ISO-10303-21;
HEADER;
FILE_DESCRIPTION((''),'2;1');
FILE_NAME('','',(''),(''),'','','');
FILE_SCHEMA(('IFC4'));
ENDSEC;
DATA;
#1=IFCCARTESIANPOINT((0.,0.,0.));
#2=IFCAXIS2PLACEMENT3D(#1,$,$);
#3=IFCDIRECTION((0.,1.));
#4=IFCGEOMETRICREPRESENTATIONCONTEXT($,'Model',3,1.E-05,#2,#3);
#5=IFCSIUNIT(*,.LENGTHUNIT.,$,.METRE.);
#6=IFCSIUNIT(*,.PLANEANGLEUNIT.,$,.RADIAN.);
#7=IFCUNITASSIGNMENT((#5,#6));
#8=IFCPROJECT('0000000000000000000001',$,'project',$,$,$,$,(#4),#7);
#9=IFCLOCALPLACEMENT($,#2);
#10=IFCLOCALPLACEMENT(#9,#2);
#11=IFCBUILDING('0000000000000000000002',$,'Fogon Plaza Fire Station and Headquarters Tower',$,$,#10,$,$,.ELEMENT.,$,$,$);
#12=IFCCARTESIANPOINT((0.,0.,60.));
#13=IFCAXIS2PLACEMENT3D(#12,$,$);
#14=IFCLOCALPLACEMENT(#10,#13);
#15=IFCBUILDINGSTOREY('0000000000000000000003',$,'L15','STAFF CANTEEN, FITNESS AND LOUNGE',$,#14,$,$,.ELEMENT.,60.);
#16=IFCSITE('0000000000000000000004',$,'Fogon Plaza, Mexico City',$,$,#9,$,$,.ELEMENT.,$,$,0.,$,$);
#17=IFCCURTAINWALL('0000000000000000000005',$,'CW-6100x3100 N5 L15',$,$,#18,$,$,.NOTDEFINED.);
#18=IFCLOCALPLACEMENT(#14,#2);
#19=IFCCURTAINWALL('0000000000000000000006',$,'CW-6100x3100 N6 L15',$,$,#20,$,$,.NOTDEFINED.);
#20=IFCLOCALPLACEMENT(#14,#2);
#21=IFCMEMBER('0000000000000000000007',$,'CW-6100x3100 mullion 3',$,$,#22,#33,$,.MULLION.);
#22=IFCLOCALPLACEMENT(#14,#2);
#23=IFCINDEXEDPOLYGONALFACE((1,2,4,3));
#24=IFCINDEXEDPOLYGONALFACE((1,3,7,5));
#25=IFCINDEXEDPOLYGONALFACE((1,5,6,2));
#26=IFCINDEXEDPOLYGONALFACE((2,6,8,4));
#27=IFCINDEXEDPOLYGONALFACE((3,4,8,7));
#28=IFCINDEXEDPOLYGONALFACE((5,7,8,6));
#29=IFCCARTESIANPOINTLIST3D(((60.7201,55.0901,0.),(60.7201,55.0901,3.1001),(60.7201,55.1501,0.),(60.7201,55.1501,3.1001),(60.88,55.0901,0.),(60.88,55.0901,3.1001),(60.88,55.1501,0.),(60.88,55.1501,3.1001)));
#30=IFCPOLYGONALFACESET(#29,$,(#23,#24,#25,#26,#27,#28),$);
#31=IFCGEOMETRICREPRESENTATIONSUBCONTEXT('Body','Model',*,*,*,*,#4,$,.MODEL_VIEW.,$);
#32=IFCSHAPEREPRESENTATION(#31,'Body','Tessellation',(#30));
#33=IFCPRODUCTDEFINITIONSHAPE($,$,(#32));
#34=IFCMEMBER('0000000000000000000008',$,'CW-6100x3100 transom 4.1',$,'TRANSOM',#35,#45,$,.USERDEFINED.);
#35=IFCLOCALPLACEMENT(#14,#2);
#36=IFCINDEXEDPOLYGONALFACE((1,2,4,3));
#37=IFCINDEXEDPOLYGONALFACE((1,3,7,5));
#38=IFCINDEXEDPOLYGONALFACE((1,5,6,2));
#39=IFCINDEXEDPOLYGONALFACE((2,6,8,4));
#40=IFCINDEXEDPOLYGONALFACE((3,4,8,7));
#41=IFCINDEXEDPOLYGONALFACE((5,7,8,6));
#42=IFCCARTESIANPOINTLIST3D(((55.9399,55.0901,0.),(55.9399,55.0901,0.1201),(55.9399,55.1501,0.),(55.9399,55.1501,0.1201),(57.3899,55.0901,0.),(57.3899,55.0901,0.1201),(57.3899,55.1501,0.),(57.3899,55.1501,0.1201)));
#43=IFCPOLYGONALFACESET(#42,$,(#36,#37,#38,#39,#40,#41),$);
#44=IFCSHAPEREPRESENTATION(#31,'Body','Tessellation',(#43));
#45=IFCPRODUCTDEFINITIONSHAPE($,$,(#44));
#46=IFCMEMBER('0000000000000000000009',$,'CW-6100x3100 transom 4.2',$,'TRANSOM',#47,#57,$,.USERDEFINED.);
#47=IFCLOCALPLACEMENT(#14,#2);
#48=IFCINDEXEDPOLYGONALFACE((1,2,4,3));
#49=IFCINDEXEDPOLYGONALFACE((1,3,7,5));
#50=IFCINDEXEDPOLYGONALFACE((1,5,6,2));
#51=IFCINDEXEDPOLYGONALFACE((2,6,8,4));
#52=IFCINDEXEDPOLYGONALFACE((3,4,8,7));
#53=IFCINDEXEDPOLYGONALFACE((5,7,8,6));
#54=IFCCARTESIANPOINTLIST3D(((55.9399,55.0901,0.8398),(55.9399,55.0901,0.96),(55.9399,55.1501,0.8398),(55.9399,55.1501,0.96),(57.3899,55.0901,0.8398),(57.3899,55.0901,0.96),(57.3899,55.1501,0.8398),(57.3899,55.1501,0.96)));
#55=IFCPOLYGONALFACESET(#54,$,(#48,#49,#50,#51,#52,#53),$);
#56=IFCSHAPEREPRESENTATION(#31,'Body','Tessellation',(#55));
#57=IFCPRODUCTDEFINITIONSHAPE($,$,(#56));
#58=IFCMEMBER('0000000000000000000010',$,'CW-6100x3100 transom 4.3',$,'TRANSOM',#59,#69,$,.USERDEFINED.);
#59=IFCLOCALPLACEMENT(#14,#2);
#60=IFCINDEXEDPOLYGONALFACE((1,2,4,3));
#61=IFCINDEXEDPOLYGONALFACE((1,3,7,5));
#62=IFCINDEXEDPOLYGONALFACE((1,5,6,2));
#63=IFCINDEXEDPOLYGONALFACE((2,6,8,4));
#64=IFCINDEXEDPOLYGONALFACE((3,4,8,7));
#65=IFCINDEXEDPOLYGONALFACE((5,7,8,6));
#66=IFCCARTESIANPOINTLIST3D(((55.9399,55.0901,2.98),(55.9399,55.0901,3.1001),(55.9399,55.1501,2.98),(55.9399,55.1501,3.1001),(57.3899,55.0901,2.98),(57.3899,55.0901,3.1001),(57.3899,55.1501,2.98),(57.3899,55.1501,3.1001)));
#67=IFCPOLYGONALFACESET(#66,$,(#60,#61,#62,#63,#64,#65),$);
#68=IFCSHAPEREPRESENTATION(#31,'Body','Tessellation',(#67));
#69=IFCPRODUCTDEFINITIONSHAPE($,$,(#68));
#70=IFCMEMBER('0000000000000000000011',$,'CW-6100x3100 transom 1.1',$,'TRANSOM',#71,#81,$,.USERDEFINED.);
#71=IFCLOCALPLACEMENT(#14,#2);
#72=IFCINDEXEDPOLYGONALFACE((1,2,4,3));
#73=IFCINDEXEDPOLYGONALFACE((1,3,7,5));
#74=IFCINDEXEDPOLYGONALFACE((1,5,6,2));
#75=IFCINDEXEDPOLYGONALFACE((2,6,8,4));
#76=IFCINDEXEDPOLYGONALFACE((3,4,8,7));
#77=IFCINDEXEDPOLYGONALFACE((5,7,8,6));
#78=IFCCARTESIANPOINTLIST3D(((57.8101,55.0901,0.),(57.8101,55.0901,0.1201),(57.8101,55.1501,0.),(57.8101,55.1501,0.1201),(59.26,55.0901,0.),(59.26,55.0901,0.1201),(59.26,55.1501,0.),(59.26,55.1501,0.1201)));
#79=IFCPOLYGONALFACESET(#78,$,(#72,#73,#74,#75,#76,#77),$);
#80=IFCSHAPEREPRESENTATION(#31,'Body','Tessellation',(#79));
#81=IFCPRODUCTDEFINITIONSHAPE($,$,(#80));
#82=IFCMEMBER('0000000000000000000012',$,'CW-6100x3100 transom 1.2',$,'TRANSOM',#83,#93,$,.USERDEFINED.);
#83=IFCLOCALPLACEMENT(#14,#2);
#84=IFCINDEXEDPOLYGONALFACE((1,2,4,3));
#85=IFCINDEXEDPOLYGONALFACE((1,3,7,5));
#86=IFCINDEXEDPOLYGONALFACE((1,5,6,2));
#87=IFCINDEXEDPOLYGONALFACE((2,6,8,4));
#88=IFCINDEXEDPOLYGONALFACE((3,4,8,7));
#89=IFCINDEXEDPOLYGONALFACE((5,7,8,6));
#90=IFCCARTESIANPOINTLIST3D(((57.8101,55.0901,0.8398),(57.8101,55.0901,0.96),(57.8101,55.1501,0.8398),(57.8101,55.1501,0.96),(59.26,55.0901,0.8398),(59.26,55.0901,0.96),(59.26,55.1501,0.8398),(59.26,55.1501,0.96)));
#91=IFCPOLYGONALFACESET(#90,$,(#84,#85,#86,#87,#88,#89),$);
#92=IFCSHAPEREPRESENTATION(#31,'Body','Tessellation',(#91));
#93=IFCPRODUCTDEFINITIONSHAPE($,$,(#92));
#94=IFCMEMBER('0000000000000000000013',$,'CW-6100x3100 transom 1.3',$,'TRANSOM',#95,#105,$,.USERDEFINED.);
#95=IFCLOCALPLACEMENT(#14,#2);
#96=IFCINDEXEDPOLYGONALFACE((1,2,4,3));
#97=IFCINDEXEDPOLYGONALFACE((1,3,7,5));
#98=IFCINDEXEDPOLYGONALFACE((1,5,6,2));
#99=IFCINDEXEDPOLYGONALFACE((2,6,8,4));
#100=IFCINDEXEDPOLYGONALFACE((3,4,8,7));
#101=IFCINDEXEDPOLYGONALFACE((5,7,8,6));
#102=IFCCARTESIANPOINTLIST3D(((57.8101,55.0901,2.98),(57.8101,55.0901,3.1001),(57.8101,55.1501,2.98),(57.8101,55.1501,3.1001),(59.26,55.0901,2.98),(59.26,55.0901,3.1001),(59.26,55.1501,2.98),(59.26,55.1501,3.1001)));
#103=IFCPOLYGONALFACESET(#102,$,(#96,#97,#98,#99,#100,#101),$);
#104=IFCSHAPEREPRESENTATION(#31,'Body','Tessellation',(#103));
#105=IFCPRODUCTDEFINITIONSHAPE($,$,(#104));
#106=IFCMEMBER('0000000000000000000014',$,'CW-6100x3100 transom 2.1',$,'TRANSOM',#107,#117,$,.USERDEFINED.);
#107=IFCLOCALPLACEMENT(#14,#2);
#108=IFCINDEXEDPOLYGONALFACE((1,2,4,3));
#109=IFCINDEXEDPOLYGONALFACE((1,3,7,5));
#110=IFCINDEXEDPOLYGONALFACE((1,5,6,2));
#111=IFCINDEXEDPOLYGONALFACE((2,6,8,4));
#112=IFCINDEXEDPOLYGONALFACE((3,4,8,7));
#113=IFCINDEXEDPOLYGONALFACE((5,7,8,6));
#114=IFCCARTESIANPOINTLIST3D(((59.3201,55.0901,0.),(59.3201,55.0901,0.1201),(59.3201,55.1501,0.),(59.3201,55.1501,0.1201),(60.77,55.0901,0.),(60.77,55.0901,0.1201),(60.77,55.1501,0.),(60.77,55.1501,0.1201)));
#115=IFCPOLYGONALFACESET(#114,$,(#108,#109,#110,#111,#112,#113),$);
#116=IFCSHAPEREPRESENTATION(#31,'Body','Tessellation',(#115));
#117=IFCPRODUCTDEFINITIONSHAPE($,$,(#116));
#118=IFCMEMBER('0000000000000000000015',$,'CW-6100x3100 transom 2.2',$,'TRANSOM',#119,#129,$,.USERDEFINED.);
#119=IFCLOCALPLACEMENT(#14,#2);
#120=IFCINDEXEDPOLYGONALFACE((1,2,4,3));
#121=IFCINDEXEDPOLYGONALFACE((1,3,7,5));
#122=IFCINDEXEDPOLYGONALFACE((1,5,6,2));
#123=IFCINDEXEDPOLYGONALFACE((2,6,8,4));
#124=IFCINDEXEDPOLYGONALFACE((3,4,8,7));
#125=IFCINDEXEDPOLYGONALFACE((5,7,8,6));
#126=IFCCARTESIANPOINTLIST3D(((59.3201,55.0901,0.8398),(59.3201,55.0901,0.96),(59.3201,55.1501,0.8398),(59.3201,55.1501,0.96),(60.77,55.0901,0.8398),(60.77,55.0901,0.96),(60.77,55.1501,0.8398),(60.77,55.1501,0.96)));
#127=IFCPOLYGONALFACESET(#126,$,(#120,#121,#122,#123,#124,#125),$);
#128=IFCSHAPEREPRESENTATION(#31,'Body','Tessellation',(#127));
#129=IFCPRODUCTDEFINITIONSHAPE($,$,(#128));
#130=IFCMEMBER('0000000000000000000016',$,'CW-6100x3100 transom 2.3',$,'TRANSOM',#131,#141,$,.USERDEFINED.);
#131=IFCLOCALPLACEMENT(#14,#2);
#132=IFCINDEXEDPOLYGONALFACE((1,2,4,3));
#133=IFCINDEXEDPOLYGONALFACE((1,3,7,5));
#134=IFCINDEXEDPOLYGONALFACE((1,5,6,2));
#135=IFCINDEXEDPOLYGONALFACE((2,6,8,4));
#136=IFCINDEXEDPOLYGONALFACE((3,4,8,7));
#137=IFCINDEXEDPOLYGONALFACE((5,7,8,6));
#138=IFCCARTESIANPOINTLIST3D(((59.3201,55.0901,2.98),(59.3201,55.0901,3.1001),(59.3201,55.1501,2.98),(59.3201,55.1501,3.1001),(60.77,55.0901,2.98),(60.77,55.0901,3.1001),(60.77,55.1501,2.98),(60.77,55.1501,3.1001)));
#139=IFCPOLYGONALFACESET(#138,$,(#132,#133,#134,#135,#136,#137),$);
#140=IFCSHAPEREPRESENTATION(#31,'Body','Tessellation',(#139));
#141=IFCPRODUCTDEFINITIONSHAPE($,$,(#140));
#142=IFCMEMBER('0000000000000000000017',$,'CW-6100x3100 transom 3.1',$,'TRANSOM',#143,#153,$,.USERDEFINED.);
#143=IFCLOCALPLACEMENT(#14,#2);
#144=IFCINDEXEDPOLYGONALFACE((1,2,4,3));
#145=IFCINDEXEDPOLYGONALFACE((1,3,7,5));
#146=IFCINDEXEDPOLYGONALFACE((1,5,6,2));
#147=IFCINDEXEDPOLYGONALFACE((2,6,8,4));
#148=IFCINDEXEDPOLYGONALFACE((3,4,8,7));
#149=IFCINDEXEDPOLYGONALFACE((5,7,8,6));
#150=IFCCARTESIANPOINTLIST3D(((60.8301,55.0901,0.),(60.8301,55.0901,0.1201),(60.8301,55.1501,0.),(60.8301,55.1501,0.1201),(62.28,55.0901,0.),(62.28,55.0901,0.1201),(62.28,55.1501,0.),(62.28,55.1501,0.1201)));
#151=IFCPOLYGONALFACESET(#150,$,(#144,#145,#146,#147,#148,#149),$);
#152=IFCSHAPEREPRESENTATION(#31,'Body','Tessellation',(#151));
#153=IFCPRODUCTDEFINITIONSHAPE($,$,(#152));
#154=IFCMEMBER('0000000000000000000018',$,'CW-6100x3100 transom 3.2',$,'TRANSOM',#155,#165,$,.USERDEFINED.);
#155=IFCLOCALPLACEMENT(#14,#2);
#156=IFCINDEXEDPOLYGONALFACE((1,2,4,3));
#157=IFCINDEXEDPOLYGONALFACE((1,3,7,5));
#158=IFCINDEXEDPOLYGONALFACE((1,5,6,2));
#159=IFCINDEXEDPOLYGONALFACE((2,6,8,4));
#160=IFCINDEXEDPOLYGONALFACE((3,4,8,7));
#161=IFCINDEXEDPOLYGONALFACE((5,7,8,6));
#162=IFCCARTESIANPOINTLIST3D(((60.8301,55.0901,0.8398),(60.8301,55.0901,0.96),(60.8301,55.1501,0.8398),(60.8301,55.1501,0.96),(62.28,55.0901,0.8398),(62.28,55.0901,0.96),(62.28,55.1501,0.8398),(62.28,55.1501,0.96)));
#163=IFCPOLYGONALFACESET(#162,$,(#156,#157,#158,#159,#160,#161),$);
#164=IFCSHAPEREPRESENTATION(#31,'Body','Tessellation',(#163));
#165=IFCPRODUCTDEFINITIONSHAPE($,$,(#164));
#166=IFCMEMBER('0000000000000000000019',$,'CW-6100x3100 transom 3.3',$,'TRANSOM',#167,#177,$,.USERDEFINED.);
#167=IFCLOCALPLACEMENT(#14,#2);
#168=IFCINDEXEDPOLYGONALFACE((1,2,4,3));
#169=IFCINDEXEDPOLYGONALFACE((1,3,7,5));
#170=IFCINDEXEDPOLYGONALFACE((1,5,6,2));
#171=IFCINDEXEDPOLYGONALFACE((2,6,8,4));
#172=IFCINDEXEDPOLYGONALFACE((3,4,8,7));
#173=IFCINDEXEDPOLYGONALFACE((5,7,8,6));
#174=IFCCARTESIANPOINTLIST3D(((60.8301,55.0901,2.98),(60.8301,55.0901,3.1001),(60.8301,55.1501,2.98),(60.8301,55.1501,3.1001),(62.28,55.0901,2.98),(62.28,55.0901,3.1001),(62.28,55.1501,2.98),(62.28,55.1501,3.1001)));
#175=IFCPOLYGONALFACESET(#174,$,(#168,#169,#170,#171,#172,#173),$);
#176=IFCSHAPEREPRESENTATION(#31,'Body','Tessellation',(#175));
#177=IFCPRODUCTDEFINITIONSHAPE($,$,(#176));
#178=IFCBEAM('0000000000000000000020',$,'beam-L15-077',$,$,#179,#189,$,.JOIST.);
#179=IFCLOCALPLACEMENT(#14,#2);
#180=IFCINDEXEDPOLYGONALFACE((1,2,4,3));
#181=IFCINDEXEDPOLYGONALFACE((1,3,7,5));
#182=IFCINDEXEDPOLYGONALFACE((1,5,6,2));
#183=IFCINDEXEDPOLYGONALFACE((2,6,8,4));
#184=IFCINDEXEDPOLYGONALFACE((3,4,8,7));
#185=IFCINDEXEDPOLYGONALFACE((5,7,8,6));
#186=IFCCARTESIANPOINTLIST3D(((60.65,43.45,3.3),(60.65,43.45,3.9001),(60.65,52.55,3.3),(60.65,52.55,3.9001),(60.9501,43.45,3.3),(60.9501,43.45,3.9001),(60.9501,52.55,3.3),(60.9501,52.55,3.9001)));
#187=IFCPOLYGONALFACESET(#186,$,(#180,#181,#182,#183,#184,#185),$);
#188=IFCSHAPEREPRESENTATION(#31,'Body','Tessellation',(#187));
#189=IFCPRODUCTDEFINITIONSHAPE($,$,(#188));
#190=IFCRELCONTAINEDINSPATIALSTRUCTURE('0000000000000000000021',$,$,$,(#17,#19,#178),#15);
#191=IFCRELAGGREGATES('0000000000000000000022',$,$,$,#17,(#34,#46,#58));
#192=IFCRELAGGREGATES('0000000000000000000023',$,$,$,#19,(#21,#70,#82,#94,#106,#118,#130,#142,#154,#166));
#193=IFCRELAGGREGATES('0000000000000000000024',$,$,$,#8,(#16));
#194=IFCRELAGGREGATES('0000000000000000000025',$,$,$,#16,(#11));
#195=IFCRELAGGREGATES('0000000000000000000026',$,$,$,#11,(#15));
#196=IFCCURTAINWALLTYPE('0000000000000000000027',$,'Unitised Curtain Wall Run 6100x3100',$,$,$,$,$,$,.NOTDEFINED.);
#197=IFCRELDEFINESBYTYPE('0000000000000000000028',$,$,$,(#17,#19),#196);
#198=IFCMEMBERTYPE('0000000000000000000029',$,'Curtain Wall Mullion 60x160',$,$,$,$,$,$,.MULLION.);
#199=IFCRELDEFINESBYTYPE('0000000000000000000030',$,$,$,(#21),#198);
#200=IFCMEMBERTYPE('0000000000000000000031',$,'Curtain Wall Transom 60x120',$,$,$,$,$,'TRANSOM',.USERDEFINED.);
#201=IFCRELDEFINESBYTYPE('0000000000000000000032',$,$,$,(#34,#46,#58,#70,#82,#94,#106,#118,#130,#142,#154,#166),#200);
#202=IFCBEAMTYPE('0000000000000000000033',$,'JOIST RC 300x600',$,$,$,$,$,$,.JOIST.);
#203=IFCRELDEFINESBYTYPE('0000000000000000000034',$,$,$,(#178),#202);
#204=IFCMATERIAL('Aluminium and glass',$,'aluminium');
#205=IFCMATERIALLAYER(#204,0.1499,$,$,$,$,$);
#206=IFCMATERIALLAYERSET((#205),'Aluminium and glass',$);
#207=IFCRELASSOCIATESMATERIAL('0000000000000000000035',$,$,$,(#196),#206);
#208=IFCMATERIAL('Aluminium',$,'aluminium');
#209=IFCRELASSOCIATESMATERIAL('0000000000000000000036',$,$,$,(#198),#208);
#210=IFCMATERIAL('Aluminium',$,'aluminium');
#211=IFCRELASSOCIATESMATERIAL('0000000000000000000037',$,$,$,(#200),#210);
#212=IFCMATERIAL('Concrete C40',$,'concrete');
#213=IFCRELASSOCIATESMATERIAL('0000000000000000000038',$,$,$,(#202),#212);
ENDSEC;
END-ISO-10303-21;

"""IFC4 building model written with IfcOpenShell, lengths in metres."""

from ifc_helpers import new_model, si_unit, direction, frame, origin, origin_2d, place, context, subcontext, project, spatial, rectangle, extrude, material, layer, layer_set, material_profile, profile_set, type_object, element, aggregate, save


model = new_model("IFC4")

# Units and contexts
model_context = context("Model", 3, precision=1e-05, world=origin(), true_north=direction((0.0, 1.0)))
body_context = subcontext(model_context, "Body", "Model", "MODEL_VIEW")
ifc_project = project(units=[si_unit("LENGTHUNIT", "METRE"), si_unit("PLANEANGLEUNIT", "RADIAN")], contexts=[model_context])

# Site, building, storey
site_placement = place(None, origin())
site = spatial("IfcSite", under=ifc_project, at=site_placement, Name="Fogon Plaza, Mexico City", CompositionType="ELEMENT", RefElevation=0.0)
building_placement = place(site_placement, origin())
building = spatial("IfcBuilding", under=site, at=building_placement, Name="Fogon Plaza Fire Station and Headquarters Tower", CompositionType="ELEMENT")
storey_placement = place(building_placement, frame((0.0, 0.0, 60.0)))
storey = spatial("IfcBuildingStorey", under=building, at=storey_placement, Name="L15", Description="STAFF CANTEEN, FITNESS AND LOUNGE", CompositionType="ELEMENT", Elevation=60.0)

# Curtain walls, member
ifc_material_1 = material(Name="Aluminium and glass", Category="aluminium")
ifc_layer_1 = layer(ifc_material_1, 0.1499)
ifc_layer_set_1 = layer_set([ifc_layer_1], Name="Aluminium and glass")
curtain_wall_type = type_object("IfcCurtainWallType", Name="Unitised Curtain Wall Run 6100x3100", PredefinedType="NOTDEFINED", material=ifc_layer_set_1)
curtain_wall_1_placement = place(storey_placement, origin())
curtain_wall_1 = element("IfcCurtainWall", 1, at=curtain_wall_1_placement, inside=storey, type_object=curtain_wall_type, Name="CW-6100x3100 N5 L15", PredefinedType="NOTDEFINED")
ifc_material_2 = material(Name="Aluminium", Category="aluminium")
ifc_material_profile_1 = material_profile(ifc_material_2, rectangle(XDim=0.0601, YDim=0.1599, at=origin_2d()), Name="Curtain Wall Mullion 60x160")
ifc_profile_set_1 = profile_set([ifc_material_profile_1], Name="Aluminium")
member_type_1 = type_object("IfcMemberType", Name="Curtain Wall Mullion 60x160", PredefinedType="MULLION", material=ifc_profile_set_1)
curtain_wall_2_placement = place(storey_placement, origin())
curtain_wall_2 = element("IfcCurtainWall", 2, at=curtain_wall_2_placement, inside=storey, type_object=curtain_wall_type, Name="CW-6100x3100 N6 L15", PredefinedType="NOTDEFINED")
member_1_placement = place(storey_placement, frame((60.8, 55.1201, 0.0), z_axis=(0.0, 0.0, 1.0), x_axis=(0.0, 1.0, 0.0)))
member_1 = element("IfcMember", 3, at=member_1_placement, type_object=member_type_1, Name="CW-6100x3100 mullion 3", PredefinedType="MULLION", context=body_context, shape_type="SweptSolid", body=[
    extrude(rectangle(XDim=0.0601, YDim=0.1599, at=origin_2d()), origin(), (0.0, 0.0, 1.0), 3.1001),
])

# Members
ifc_material_3 = material(Name="Aluminium", Category="aluminium")
ifc_material_profile_2 = material_profile(ifc_material_3, rectangle(XDim=0.0601, YDim=0.1201, at=origin_2d()), Name="Curtain Wall Transom 60x120")
ifc_profile_set_2 = profile_set([ifc_material_profile_2], Name="Aluminium")
member_type_2 = type_object("IfcMemberType", Name="Curtain Wall Transom 60x120", ElementType="TRANSOM", PredefinedType="USERDEFINED", material=ifc_profile_set_2)
member_2_placement = place(storey_placement, frame((55.9399, 55.1201, 0.0601), z_axis=(1.0, 0.0, 0.0), x_axis=(0.0, 1.0, 0.0)))
member_2 = element("IfcMember", 4, at=member_2_placement, type_object=member_type_2, Name="CW-6100x3100 transom 4.1", ObjectType="TRANSOM", PredefinedType="USERDEFINED", context=body_context, shape_type="SweptSolid", body=[
    extrude(rectangle(XDim=0.0601, YDim=0.1201, at=origin_2d()), origin(), (0.0, 0.0, 1.0), 1.45),
])
member_3_placement = place(storey_placement, frame((55.9399, 55.1201, 0.8999), z_axis=(1.0, 0.0, 0.0), x_axis=(0.0, 1.0, 0.0)))
member_3 = element("IfcMember", 5, at=member_3_placement, type_object=member_type_2, Name="CW-6100x3100 transom 4.2", ObjectType="TRANSOM", PredefinedType="USERDEFINED", context=body_context, shape_type="SweptSolid", body=[
    extrude(rectangle(XDim=0.0601, YDim=0.1201, at=origin_2d()), origin(), (0.0, 0.0, 1.0), 1.45),
])
member_4_placement = place(storey_placement, frame((55.9399, 55.1201, 3.04), z_axis=(1.0, 0.0, 0.0), x_axis=(0.0, 1.0, 0.0)))
member_4 = element("IfcMember", 6, at=member_4_placement, type_object=member_type_2, Name="CW-6100x3100 transom 4.3", ObjectType="TRANSOM", PredefinedType="USERDEFINED", context=body_context, shape_type="SweptSolid", body=[
    extrude(rectangle(XDim=0.0601, YDim=0.1201, at=origin_2d()), origin(), (0.0, 0.0, 1.0), 1.45),
])
member_5_placement = place(storey_placement, frame((57.8101, 55.1201, 0.0601), z_axis=(1.0, 0.0, 0.0), x_axis=(0.0, 1.0, 0.0)))
member_5 = element("IfcMember", 7, at=member_5_placement, type_object=member_type_2, Name="CW-6100x3100 transom 1.1", ObjectType="TRANSOM", PredefinedType="USERDEFINED", context=body_context, shape_type="SweptSolid", body=[
    extrude(rectangle(XDim=0.0601, YDim=0.1201, at=origin_2d()), origin(), (0.0, 0.0, 1.0), 1.45),
])
member_6_placement = place(storey_placement, frame((57.8101, 55.1201, 0.8999), z_axis=(1.0, 0.0, 0.0), x_axis=(0.0, 1.0, 0.0)))
member_6 = element("IfcMember", 8, at=member_6_placement, type_object=member_type_2, Name="CW-6100x3100 transom 1.2", ObjectType="TRANSOM", PredefinedType="USERDEFINED", context=body_context, shape_type="SweptSolid", body=[
    extrude(rectangle(XDim=0.0601, YDim=0.1201, at=origin_2d()), origin(), (0.0, 0.0, 1.0), 1.45),
])
member_7_placement = place(storey_placement, frame((57.8101, 55.1201, 3.04), z_axis=(1.0, 0.0, 0.0), x_axis=(0.0, 1.0, 0.0)))
member_7 = element("IfcMember", 9, at=member_7_placement, type_object=member_type_2, Name="CW-6100x3100 transom 1.3", ObjectType="TRANSOM", PredefinedType="USERDEFINED", context=body_context, shape_type="SweptSolid", body=[
    extrude(rectangle(XDim=0.0601, YDim=0.1201, at=origin_2d()), origin(), (0.0, 0.0, 1.0), 1.45),
])
member_8_placement = place(storey_placement, frame((59.3201, 55.1201, 0.0601), z_axis=(1.0, 0.0, 0.0), x_axis=(0.0, 1.0, 0.0)))
member_8 = element("IfcMember", 10, at=member_8_placement, type_object=member_type_2, Name="CW-6100x3100 transom 2.1", ObjectType="TRANSOM", PredefinedType="USERDEFINED", context=body_context, shape_type="SweptSolid", body=[
    extrude(rectangle(XDim=0.0601, YDim=0.1201, at=origin_2d()), origin(), (0.0, 0.0, 1.0), 1.45),
])
member_9_placement = place(storey_placement, frame((59.3201, 55.1201, 0.8999), z_axis=(1.0, 0.0, 0.0), x_axis=(0.0, 1.0, 0.0)))
member_9 = element("IfcMember", 11, at=member_9_placement, type_object=member_type_2, Name="CW-6100x3100 transom 2.2", ObjectType="TRANSOM", PredefinedType="USERDEFINED", context=body_context, shape_type="SweptSolid", body=[
    extrude(rectangle(XDim=0.0601, YDim=0.1201, at=origin_2d()), origin(), (0.0, 0.0, 1.0), 1.45),
])
member_10_placement = place(storey_placement, frame((59.3201, 55.1201, 3.04), z_axis=(1.0, 0.0, 0.0), x_axis=(0.0, 1.0, 0.0)))
member_10 = element("IfcMember", 12, at=member_10_placement, type_object=member_type_2, Name="CW-6100x3100 transom 2.3", ObjectType="TRANSOM", PredefinedType="USERDEFINED", context=body_context, shape_type="SweptSolid", body=[
    extrude(rectangle(XDim=0.0601, YDim=0.1201, at=origin_2d()), origin(), (0.0, 0.0, 1.0), 1.45),
])
member_11_placement = place(storey_placement, frame((60.8301, 55.1201, 0.0601), z_axis=(1.0, 0.0, 0.0), x_axis=(0.0, 1.0, 0.0)))
member_11 = element("IfcMember", 13, at=member_11_placement, type_object=member_type_2, Name="CW-6100x3100 transom 3.1", ObjectType="TRANSOM", PredefinedType="USERDEFINED", context=body_context, shape_type="SweptSolid", body=[
    extrude(rectangle(XDim=0.0601, YDim=0.1201, at=origin_2d()), origin(), (0.0, 0.0, 1.0), 1.45),
])
member_12_placement = place(storey_placement, frame((60.8301, 55.1201, 0.8999), z_axis=(1.0, 0.0, 0.0), x_axis=(0.0, 1.0, 0.0)))
member_12 = element("IfcMember", 14, at=member_12_placement, type_object=member_type_2, Name="CW-6100x3100 transom 3.2", ObjectType="TRANSOM", PredefinedType="USERDEFINED", context=body_context, shape_type="SweptSolid", body=[
    extrude(rectangle(XDim=0.0601, YDim=0.1201, at=origin_2d()), origin(), (0.0, 0.0, 1.0), 1.45),
])
member_13_placement = place(storey_placement, frame((60.8301, 55.1201, 3.04), z_axis=(1.0, 0.0, 0.0), x_axis=(0.0, 1.0, 0.0)))
member_13 = element("IfcMember", 15, at=member_13_placement, type_object=member_type_2, Name="CW-6100x3100 transom 3.3", ObjectType="TRANSOM", PredefinedType="USERDEFINED", context=body_context, shape_type="SweptSolid", body=[
    extrude(rectangle(XDim=0.0601, YDim=0.1201, at=origin_2d()), origin(), (0.0, 0.0, 1.0), 1.45),
])

# Beam
ifc_material_4 = material(Name="Concrete C40", Category="concrete")
ifc_material_profile_3 = material_profile(ifc_material_4, rectangle(XDim=0.3, YDim=0.6001, at=origin_2d()), Name="RC 300x600")
ifc_profile_set_3 = profile_set([ifc_material_profile_3], Name="Concrete C40")
beam_type_1 = type_object("IfcBeamType", Name="JOIST RC 300x600", PredefinedType="JOIST", material=ifc_profile_set_3)
beam_1_placement = place(storey_placement, frame((60.8, 43.45, 3.6001), z_axis=(0.0, 1.0, 0.0), x_axis=(-1.0, 0.0, 0.0)))
element("IfcBeam", 16, at=beam_1_placement, inside=storey, type_object=beam_type_1, Name="beam-L15-077", PredefinedType="JOIST", context=body_context, shape_type="SweptSolid", body=[
    extrude(rectangle(XDim=0.3, YDim=0.6001, at=origin_2d()), origin(), (0.0, 0.0, 1.0), 9.1001),
])

aggregate(curtain_wall_1, [member_2, member_3, member_4])
aggregate(curtain_wall_2, [member_1, member_5, member_6, member_7, member_8, member_9, member_10, member_11, member_12, member_13])

save(model, "model.ifc")
